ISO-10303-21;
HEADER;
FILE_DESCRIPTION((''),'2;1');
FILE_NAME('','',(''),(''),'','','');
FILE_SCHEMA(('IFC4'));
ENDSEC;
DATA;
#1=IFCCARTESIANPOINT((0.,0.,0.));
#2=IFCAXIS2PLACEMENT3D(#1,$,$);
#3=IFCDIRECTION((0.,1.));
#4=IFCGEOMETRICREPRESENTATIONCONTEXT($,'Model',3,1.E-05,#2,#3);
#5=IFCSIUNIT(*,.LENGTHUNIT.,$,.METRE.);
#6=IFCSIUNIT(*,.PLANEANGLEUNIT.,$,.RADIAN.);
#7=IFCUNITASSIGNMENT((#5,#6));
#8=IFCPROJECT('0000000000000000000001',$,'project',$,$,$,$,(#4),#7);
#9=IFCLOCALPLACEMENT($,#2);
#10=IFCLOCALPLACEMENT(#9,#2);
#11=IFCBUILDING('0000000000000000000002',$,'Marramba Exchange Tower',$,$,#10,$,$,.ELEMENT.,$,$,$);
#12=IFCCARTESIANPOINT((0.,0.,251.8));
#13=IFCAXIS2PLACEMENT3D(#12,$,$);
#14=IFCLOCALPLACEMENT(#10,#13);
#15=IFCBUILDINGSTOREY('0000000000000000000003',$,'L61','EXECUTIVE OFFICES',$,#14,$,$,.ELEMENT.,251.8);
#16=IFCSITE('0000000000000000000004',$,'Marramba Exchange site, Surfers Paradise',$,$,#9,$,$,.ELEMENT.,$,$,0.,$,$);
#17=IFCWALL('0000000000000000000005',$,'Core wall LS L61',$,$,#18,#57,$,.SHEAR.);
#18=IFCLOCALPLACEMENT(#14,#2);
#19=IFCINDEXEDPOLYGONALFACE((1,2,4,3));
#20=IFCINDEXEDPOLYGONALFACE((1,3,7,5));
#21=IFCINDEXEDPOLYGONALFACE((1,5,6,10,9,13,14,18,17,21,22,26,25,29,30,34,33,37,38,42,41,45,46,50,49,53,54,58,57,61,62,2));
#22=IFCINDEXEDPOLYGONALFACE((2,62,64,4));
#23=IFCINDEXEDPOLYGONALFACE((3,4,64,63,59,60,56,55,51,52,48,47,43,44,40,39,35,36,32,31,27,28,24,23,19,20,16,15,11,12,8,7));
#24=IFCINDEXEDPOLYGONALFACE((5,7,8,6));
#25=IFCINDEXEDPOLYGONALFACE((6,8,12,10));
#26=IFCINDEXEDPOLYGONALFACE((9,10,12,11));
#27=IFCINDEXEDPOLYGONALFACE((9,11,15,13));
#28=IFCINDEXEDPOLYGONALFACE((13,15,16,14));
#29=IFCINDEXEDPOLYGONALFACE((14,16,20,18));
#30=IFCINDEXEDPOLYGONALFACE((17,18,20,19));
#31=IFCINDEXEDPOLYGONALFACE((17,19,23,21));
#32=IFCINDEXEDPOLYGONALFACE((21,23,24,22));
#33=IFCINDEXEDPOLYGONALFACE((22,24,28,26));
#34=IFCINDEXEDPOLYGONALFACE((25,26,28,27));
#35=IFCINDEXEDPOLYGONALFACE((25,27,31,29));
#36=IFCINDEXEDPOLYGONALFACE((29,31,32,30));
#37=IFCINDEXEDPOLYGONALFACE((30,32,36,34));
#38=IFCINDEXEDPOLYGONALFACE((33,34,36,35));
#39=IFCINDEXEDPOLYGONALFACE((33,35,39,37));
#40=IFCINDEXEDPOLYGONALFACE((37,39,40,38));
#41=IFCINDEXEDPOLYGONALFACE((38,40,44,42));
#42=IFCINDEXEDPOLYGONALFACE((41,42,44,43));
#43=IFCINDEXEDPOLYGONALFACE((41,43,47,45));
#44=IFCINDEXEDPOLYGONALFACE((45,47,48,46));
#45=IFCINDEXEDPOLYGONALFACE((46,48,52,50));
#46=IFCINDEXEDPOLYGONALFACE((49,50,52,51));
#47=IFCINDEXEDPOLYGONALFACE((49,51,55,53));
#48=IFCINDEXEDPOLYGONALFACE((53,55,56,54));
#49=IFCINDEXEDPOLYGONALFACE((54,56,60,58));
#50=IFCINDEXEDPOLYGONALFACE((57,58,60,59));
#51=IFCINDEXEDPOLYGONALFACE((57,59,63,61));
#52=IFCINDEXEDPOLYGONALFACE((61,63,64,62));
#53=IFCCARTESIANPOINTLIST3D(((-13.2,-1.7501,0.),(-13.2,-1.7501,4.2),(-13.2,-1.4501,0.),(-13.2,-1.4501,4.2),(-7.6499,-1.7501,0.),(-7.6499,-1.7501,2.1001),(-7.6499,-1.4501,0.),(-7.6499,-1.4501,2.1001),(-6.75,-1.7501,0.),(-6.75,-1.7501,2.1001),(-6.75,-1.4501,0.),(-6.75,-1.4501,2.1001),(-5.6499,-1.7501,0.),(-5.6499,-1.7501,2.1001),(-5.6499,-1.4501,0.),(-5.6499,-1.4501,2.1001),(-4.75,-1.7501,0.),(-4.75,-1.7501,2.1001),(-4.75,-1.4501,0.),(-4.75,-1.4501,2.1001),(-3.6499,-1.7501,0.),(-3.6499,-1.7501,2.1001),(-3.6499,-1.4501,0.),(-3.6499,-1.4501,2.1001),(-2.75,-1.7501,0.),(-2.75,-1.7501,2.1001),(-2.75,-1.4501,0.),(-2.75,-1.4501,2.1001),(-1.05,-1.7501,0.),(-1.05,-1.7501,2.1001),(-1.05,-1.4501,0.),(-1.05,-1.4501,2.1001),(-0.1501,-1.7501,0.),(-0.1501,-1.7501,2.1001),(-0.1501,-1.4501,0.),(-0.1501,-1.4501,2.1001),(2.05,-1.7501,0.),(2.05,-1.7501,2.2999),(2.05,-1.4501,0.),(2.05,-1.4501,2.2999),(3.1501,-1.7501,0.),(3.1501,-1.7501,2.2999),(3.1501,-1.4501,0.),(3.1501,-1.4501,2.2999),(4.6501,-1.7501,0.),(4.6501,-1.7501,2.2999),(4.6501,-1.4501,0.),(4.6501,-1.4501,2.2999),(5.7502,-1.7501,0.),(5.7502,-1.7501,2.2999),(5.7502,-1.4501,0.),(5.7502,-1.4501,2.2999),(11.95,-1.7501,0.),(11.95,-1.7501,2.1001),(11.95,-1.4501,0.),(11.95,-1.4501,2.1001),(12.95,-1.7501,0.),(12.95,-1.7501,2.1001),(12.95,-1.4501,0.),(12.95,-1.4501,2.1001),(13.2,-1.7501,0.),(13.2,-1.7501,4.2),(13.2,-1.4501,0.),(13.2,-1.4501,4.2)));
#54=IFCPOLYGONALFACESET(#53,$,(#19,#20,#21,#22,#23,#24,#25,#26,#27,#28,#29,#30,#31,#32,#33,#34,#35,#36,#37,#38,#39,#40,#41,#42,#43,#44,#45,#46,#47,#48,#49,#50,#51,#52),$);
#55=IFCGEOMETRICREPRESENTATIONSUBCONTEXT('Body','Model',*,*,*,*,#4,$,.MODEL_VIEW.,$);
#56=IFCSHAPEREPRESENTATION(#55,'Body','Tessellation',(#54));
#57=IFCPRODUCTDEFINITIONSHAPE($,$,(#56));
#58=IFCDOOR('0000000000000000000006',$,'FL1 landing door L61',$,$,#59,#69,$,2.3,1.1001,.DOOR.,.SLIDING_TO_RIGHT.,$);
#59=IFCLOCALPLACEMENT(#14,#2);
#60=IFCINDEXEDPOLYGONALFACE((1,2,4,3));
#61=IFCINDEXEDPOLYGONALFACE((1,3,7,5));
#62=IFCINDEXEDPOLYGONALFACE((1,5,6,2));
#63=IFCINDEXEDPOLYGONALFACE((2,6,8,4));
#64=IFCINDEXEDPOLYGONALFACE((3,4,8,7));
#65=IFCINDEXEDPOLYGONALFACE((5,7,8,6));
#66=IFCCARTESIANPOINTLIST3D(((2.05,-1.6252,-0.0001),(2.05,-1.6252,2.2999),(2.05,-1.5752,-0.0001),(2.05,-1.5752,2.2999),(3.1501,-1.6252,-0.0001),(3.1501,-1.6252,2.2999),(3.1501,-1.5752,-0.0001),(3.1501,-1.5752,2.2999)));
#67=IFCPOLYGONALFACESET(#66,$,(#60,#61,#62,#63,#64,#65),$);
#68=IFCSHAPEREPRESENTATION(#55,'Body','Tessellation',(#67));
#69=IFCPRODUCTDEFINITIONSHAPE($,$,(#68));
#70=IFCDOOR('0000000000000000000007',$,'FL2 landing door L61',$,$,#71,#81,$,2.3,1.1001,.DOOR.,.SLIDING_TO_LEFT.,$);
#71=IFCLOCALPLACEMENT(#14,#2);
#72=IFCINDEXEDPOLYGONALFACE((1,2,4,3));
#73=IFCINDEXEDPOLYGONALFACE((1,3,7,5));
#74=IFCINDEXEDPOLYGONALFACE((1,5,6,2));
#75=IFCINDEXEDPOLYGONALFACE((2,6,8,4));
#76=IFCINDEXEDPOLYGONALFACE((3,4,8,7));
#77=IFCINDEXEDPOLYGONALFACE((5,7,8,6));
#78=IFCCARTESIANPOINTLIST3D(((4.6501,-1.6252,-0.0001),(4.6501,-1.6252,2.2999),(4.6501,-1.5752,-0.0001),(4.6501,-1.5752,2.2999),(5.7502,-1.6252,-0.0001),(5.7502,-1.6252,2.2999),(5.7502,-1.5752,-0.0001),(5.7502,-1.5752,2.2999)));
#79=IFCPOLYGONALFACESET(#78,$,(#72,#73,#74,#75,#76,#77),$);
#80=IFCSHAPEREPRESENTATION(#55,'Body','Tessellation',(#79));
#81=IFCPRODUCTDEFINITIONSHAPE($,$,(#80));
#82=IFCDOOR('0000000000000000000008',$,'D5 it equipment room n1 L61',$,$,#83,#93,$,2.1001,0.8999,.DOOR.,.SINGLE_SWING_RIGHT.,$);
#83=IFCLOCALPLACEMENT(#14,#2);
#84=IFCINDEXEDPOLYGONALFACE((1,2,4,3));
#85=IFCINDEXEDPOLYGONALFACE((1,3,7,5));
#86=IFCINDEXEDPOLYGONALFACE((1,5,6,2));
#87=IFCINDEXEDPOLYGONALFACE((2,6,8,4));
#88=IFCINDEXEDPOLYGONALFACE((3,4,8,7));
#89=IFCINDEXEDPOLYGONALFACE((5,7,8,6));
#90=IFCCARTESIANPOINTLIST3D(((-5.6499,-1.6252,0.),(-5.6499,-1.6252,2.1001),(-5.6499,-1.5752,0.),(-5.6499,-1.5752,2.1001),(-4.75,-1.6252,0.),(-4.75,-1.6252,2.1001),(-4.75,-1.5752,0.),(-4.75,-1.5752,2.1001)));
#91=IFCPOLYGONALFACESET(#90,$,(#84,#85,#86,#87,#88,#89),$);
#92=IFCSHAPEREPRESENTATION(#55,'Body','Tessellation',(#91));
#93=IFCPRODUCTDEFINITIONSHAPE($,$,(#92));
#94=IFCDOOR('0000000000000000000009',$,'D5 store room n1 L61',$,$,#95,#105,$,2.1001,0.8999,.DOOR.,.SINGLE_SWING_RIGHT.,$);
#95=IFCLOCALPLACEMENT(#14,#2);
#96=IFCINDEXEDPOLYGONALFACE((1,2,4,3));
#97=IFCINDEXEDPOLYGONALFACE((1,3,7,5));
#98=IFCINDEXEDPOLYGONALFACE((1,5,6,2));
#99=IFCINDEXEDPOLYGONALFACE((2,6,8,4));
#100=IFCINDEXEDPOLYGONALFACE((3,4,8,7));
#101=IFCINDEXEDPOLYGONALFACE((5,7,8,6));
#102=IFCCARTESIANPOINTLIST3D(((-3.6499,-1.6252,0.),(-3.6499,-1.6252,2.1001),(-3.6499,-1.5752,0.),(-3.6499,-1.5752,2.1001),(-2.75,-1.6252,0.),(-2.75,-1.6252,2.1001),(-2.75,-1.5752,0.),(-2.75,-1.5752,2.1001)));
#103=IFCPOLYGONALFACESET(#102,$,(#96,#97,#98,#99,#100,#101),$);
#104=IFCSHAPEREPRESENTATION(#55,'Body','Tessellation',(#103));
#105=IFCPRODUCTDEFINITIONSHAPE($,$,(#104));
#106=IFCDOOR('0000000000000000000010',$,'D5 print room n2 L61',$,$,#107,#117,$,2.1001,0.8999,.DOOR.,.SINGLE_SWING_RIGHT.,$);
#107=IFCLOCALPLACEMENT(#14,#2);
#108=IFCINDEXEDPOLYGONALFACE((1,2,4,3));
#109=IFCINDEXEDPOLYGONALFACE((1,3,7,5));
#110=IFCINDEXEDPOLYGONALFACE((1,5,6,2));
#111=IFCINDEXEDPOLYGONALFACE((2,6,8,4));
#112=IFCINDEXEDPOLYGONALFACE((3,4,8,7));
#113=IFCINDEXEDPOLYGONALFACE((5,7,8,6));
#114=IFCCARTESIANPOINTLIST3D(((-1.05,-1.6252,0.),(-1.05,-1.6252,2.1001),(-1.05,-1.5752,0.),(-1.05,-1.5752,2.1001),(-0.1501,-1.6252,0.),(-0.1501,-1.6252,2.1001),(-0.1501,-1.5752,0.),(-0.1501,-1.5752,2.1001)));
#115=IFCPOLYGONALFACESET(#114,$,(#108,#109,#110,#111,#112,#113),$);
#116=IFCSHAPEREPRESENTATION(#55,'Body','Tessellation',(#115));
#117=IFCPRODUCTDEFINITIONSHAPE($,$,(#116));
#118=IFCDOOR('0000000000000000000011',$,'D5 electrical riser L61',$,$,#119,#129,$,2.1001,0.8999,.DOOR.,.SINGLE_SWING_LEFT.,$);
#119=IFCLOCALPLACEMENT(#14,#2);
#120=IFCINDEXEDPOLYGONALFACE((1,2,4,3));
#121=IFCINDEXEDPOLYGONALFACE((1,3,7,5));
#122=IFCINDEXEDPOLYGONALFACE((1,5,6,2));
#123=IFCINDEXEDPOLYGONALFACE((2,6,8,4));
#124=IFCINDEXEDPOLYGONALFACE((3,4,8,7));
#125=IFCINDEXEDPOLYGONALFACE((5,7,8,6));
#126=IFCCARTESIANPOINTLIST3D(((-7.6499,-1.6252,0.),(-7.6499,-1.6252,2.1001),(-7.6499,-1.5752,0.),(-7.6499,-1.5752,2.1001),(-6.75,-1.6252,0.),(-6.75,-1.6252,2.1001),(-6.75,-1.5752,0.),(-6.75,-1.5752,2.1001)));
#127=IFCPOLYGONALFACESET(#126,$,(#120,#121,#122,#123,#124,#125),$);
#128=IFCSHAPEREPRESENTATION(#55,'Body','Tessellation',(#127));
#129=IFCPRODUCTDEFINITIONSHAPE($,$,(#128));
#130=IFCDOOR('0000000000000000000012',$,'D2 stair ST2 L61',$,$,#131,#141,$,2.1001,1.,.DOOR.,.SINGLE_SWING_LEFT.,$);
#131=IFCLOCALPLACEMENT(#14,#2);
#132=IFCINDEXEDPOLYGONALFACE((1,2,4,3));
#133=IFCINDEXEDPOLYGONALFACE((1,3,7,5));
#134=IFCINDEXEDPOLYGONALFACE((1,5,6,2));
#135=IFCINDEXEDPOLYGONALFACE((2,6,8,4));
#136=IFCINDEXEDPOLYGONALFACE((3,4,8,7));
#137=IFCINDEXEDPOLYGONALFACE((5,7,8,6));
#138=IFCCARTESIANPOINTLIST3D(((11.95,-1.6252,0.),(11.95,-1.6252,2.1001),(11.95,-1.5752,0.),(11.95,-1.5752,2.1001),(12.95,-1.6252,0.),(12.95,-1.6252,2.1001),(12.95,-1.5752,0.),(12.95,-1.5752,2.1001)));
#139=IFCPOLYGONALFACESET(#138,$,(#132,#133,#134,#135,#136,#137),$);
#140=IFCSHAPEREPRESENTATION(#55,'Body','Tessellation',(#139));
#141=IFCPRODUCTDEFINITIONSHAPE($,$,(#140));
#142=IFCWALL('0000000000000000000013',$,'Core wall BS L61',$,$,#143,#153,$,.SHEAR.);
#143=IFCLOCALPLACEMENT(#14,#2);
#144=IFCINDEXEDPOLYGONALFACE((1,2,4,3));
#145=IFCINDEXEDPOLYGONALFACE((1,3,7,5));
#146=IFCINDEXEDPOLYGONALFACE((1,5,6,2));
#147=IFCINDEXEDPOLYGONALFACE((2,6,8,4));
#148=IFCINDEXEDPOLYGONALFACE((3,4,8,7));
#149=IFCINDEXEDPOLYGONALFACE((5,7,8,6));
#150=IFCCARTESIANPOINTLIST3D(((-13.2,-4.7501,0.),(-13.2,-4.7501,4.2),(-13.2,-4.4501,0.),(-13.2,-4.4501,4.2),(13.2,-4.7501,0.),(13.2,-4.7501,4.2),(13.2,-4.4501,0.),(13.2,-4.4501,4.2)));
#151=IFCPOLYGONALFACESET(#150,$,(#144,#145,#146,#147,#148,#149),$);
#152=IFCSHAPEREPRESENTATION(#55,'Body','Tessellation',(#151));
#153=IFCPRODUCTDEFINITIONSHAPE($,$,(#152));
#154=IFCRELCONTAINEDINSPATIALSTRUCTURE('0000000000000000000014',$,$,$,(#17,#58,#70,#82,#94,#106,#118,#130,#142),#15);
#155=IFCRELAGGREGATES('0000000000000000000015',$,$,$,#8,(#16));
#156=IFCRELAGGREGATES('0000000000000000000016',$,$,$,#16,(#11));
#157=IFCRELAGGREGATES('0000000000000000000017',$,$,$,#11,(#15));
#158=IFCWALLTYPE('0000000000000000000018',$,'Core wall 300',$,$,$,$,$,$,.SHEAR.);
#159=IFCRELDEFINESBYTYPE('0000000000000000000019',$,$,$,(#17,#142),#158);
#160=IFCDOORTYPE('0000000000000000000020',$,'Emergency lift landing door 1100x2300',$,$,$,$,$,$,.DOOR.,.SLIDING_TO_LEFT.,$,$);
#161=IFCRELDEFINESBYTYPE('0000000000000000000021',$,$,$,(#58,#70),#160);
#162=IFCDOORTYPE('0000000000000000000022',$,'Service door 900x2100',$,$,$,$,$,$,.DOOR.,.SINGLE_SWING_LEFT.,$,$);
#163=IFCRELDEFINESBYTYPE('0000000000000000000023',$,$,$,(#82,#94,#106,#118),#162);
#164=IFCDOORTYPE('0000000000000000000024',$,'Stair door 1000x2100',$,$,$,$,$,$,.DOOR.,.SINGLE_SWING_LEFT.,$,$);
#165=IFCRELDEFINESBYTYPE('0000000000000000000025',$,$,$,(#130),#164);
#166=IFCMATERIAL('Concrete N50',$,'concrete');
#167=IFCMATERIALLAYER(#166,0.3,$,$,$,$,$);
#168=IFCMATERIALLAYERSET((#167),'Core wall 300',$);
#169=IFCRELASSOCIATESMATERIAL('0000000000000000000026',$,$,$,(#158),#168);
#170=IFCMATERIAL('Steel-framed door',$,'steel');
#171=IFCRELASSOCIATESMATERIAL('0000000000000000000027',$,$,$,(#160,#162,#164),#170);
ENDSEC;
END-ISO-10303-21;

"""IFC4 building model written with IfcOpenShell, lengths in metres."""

from ifc_helpers import new_model, si_unit, direction, frame, frame_2d, origin, place, context, subcontext, project, spatial, rectangle, extrude, material, layer, layer_set, type_object, element, fill, save


model = new_model("IFC4")

# Units and contexts
model_context = context("Model", 3, precision=1e-05, world=origin(), true_north=direction((0.0, 1.0)))
body_context = subcontext(model_context, "Body", "Model", "MODEL_VIEW")
ifc_project = project(units=[si_unit("LENGTHUNIT", "METRE"), si_unit("PLANEANGLEUNIT", "RADIAN")], contexts=[model_context])

# Site, building, storey
site_placement = place(None, origin())
site = spatial("IfcSite", under=ifc_project, at=site_placement, Name="Marramba Exchange site, Surfers Paradise", CompositionType="ELEMENT", RefElevation=0.0)
building_placement = place(site_placement, origin())
building = spatial("IfcBuilding", under=site, at=building_placement, Name="Marramba Exchange Tower", CompositionType="ELEMENT")
storey_placement = place(building_placement, frame((0.0, 0.0, 251.8)))
storey = spatial("IfcBuildingStorey", under=building, at=storey_placement, Name="L61", Description="EXECUTIVE OFFICES", CompositionType="ELEMENT", Elevation=251.8)

# Shared definitions
ifc_material_1 = material(Name="Concrete N50", Category="concrete")

# Wall, openings, doors
ifc_layer_1 = layer(ifc_material_1, 0.3)
ifc_layer_set_1 = layer_set([ifc_layer_1], Name="Core wall 300")
wall_type_1 = type_object("IfcWallType", Name="Core wall 300", PredefinedType="SHEAR", material=ifc_layer_set_1)
wall_1_placement = place(storey_placement, frame((-13.2, -1.6001, 0.0), z_axis=(0.0, 0.0, 1.0), x_axis=(1.0, 0.0, 0.0)))
wall_1 = element("IfcWall", 1, at=wall_1_placement, inside=storey, type_object=wall_type_1, Name="Core wall LS L61", PredefinedType="SHEAR", context=body_context, shape_type="SweptSolid", body=[
    extrude(rectangle(XDim=26.3999, YDim=0.3, at=frame_2d((13.2, 0.0))), origin(), (0.0, 0.0, 1.0), 4.2),
])
opening_1_placement = place(wall_1_placement, frame((25.1499, 0.0, 0.0)))
opening_1 = element("IfcOpeningElement", 2, at=opening_1_placement, cuts=wall_1, PredefinedType="OPENING", context=body_context, shape_type="SweptSolid", body=[
    extrude(rectangle(XDim=1.0, YDim=2.1001, at=frame_2d((0.5, 1.05))), frame((0.0, 0.1599, 0.0), z_axis=(0.0, -1.0, 0.0), x_axis=(1.0, 0.0, 0.0)), (0.0, 0.0, 1.0), 0.3201),
])
opening_2_placement = place(wall_1_placement, frame((7.55, 0.0, 0.0)))
opening_2 = element("IfcOpeningElement", 3, at=opening_2_placement, cuts=wall_1, PredefinedType="OPENING", context=body_context, shape_type="SweptSolid", body=[
    extrude(rectangle(XDim=0.8999, YDim=2.1001, at=frame_2d((0.45, 1.05))), frame((0.0, 0.1599, 0.0), z_axis=(0.0, -1.0, 0.0), x_axis=(1.0, 0.0, 0.0)), (0.0, 0.0, 1.0), 0.3201),
])
opening_3_placement = place(wall_1_placement, frame((9.55, 0.0, 0.0)))
opening_3 = element("IfcOpeningElement", 4, at=opening_3_placement, cuts=wall_1, PredefinedType="OPENING", context=body_context, shape_type="SweptSolid", body=[
    extrude(rectangle(XDim=0.8999, YDim=2.1001, at=frame_2d((0.45, 1.05))), frame((0.0, 0.1599, 0.0), z_axis=(0.0, -1.0, 0.0), x_axis=(1.0, 0.0, 0.0)), (0.0, 0.0, 1.0), 0.3201),
])
opening_4_placement = place(wall_1_placement, frame((12.1499, 0.0, 0.0)))
opening_4 = element("IfcOpeningElement", 5, at=opening_4_placement, cuts=wall_1, PredefinedType="OPENING", context=body_context, shape_type="SweptSolid", body=[
    extrude(rectangle(XDim=0.8999, YDim=2.1001, at=frame_2d((0.45, 1.05))), frame((0.0, 0.1599, 0.0), z_axis=(0.0, -1.0, 0.0), x_axis=(1.0, 0.0, 0.0)), (0.0, 0.0, 1.0), 0.3201),
])
opening_5_placement = place(wall_1_placement, frame((15.25, 0.0, 0.0)))
opening_5 = element("IfcOpeningElement", 6, at=opening_5_placement, cuts=wall_1, PredefinedType="OPENING", context=body_context, shape_type="SweptSolid", body=[
    extrude(rectangle(XDim=1.1001, YDim=2.3, at=frame_2d((0.55, 1.1499))), frame((0.0, 0.1599, 0.0), z_axis=(0.0, -1.0, 0.0), x_axis=(1.0, 0.0, 0.0)), (0.0, 0.0, 1.0), 0.3201),
])
opening_6_placement = place(wall_1_placement, frame((17.8501, 0.0, 0.0)))
opening_6 = element("IfcOpeningElement", 7, at=opening_6_placement, cuts=wall_1, PredefinedType="OPENING", context=body_context, shape_type="SweptSolid", body=[
    extrude(rectangle(XDim=1.1001, YDim=2.3, at=frame_2d((0.55, 1.1499))), frame((0.0, 0.1599, 0.0), z_axis=(0.0, -1.0, 0.0), x_axis=(1.0, 0.0, 0.0)), (0.0, 0.0, 1.0), 0.3201),
])
opening_7_placement = place(wall_1_placement, frame((5.55, 0.0, 0.0)))
opening_7 = element("IfcOpeningElement", 8, at=opening_7_placement, cuts=wall_1, PredefinedType="OPENING", context=body_context, shape_type="SweptSolid", body=[
    extrude(rectangle(XDim=0.8999, YDim=2.1001, at=frame_2d((0.45, 1.05))), frame((0.0, 0.1599, 0.0), z_axis=(0.0, -1.0, 0.0), x_axis=(1.0, 0.0, 0.0)), (0.0, 0.0, 1.0), 0.3201),
])
ifc_material_2 = material(Name="Steel-framed door", Category="steel")
door_type_1 = type_object("IfcDoorType", Name="Emergency lift landing door 1100x2300", OperationType="SLIDING_TO_LEFT", PredefinedType="DOOR", material=ifc_material_2)
door_1_placement = place(opening_5_placement, frame((1.1001, 0.0, 0.0), z_axis=(0.0, 0.0, 1.0), x_axis=(-1.0, 0.0, 0.0)))
door_1 = element("IfcDoor", 9, at=door_1_placement, inside=storey, type_object=door_type_1, Name="FL1 landing door L61", OperationType="SLIDING_TO_RIGHT", OverallHeight=2.3, OverallWidth=1.1001, PredefinedType="DOOR", context=body_context, shape_type="SweptSolid", body=[
    extrude(rectangle(XDim=1.1001, YDim=2.3, at=frame_2d((0.55, 1.1499))), frame((0.0, 0.0251, 0.0), z_axis=(0.0, -1.0, 0.0), x_axis=(1.0, 0.0, 0.0)), (0.0, 0.0, 1.0), 0.05),
])
fill(opening_5, door_1)
door_2_placement = place(opening_6_placement, frame((1.1001, 0.0, 0.0), z_axis=(0.0, 0.0, 1.0), x_axis=(-1.0, 0.0, 0.0)))
door_2 = element("IfcDoor", 10, at=door_2_placement, inside=storey, type_object=door_type_1, Name="FL2 landing door L61", OperationType="SLIDING_TO_LEFT", OverallHeight=2.3, OverallWidth=1.1001, PredefinedType="DOOR", context=body_context, shape_type="SweptSolid", body=[
    extrude(rectangle(XDim=1.1001, YDim=2.3, at=frame_2d((0.55, 1.1499))), frame((0.0, 0.0251, 0.0), z_axis=(0.0, -1.0, 0.0), x_axis=(1.0, 0.0, 0.0)), (0.0, 0.0, 1.0), 0.05),
])
fill(opening_6, door_2)
door_type_2 = type_object("IfcDoorType", Name="Service door 900x2100", OperationType="SINGLE_SWING_LEFT", PredefinedType="DOOR", material=ifc_material_2)
door_3_placement = place(opening_2_placement, frame((0.8999, 0.0, 0.0), z_axis=(0.0, 0.0, 1.0), x_axis=(-1.0, 0.0, 0.0)))
door_3 = element("IfcDoor", 11, at=door_3_placement, inside=storey, type_object=door_type_2, Name="D5 it equipment room n1 L61", OperationType="SINGLE_SWING_RIGHT", OverallHeight=2.1001, OverallWidth=0.8999, PredefinedType="DOOR", context=body_context, shape_type="SweptSolid", body=[
    extrude(rectangle(XDim=0.8999, YDim=2.1001, at=frame_2d((0.45, 1.05))), frame((0.0, 0.0251, 0.0), z_axis=(0.0, -1.0, 0.0), x_axis=(1.0, 0.0, 0.0)), (0.0, 0.0, 1.0), 0.05),
])
fill(opening_2, door_3)
door_4_placement = place(opening_3_placement, frame((0.8999, 0.0, 0.0), z_axis=(0.0, 0.0, 1.0), x_axis=(-1.0, 0.0, 0.0)))
door_4 = element("IfcDoor", 12, at=door_4_placement, inside=storey, type_object=door_type_2, Name="D5 store room n1 L61", OperationType="SINGLE_SWING_RIGHT", OverallHeight=2.1001, OverallWidth=0.8999, PredefinedType="DOOR", context=body_context, shape_type="SweptSolid", body=[
    extrude(rectangle(XDim=0.8999, YDim=2.1001, at=frame_2d((0.45, 1.05))), frame((0.0, 0.0251, 0.0), z_axis=(0.0, -1.0, 0.0), x_axis=(1.0, 0.0, 0.0)), (0.0, 0.0, 1.0), 0.05),
])
fill(opening_3, door_4)
door_5_placement = place(opening_4_placement, frame((0.8999, 0.0, 0.0), z_axis=(0.0, 0.0, 1.0), x_axis=(-1.0, 0.0, 0.0)))
door_5 = element("IfcDoor", 13, at=door_5_placement, inside=storey, type_object=door_type_2, Name="D5 print room n2 L61", OperationType="SINGLE_SWING_RIGHT", OverallHeight=2.1001, OverallWidth=0.8999, PredefinedType="DOOR", context=body_context, shape_type="SweptSolid", body=[
    extrude(rectangle(XDim=0.8999, YDim=2.1001, at=frame_2d((0.45, 1.05))), frame((0.0, 0.0251, 0.0), z_axis=(0.0, -1.0, 0.0), x_axis=(1.0, 0.0, 0.0)), (0.0, 0.0, 1.0), 0.05),
])
fill(opening_4, door_5)
door_6_placement = place(opening_7_placement, frame((0.8999, 0.0, 0.0), z_axis=(0.0, 0.0, 1.0), x_axis=(-1.0, 0.0, 0.0)))
door_6 = element("IfcDoor", 14, at=door_6_placement, inside=storey, type_object=door_type_2, Name="D5 electrical riser L61", OperationType="SINGLE_SWING_LEFT", OverallHeight=2.1001, OverallWidth=0.8999, PredefinedType="DOOR", context=body_context, shape_type="SweptSolid", body=[
    extrude(rectangle(XDim=0.8999, YDim=2.1001, at=frame_2d((0.45, 1.05))), frame((0.0, 0.0251, 0.0), z_axis=(0.0, -1.0, 0.0), x_axis=(1.0, 0.0, 0.0)), (0.0, 0.0, 1.0), 0.05),
])
fill(opening_7, door_6)
door_type_3 = type_object("IfcDoorType", Name="Stair door 1000x2100", OperationType="SINGLE_SWING_LEFT", PredefinedType="DOOR", material=ifc_material_2)
door_7_placement = place(opening_1_placement, frame((1.0, 0.0, 0.0), z_axis=(0.0, 0.0, 1.0), x_axis=(-1.0, 0.0, 0.0)))
door_7 = element("IfcDoor", 15, at=door_7_placement, inside=storey, type_object=door_type_3, Name="D2 stair ST2 L61", OperationType="SINGLE_SWING_LEFT", OverallHeight=2.1001, OverallWidth=1.0, PredefinedType="DOOR", context=body_context, shape_type="SweptSolid", body=[
    extrude(rectangle(XDim=1.0, YDim=2.1001, at=frame_2d((0.5, 1.05))), frame((0.0, 0.0251, 0.0), z_axis=(0.0, -1.0, 0.0), x_axis=(1.0, 0.0, 0.0)), (0.0, 0.0, 1.0), 0.05),
])
fill(opening_1, door_7)

# Wall
wall_2_placement = place(storey_placement, frame((-13.2, -4.6001, 0.0), z_axis=(0.0, 0.0, 1.0), x_axis=(1.0, 0.0, 0.0)))
element("IfcWall", 16, at=wall_2_placement, inside=storey, type_object=wall_type_1, Name="Core wall BS L61", PredefinedType="SHEAR", context=body_context, shape_type="SweptSolid", body=[
    extrude(rectangle(XDim=26.3999, YDim=0.3, at=frame_2d((13.2, 0.0))), origin(), (0.0, 0.0, 1.0), 4.2),
])

save(model, "model.ifc")
